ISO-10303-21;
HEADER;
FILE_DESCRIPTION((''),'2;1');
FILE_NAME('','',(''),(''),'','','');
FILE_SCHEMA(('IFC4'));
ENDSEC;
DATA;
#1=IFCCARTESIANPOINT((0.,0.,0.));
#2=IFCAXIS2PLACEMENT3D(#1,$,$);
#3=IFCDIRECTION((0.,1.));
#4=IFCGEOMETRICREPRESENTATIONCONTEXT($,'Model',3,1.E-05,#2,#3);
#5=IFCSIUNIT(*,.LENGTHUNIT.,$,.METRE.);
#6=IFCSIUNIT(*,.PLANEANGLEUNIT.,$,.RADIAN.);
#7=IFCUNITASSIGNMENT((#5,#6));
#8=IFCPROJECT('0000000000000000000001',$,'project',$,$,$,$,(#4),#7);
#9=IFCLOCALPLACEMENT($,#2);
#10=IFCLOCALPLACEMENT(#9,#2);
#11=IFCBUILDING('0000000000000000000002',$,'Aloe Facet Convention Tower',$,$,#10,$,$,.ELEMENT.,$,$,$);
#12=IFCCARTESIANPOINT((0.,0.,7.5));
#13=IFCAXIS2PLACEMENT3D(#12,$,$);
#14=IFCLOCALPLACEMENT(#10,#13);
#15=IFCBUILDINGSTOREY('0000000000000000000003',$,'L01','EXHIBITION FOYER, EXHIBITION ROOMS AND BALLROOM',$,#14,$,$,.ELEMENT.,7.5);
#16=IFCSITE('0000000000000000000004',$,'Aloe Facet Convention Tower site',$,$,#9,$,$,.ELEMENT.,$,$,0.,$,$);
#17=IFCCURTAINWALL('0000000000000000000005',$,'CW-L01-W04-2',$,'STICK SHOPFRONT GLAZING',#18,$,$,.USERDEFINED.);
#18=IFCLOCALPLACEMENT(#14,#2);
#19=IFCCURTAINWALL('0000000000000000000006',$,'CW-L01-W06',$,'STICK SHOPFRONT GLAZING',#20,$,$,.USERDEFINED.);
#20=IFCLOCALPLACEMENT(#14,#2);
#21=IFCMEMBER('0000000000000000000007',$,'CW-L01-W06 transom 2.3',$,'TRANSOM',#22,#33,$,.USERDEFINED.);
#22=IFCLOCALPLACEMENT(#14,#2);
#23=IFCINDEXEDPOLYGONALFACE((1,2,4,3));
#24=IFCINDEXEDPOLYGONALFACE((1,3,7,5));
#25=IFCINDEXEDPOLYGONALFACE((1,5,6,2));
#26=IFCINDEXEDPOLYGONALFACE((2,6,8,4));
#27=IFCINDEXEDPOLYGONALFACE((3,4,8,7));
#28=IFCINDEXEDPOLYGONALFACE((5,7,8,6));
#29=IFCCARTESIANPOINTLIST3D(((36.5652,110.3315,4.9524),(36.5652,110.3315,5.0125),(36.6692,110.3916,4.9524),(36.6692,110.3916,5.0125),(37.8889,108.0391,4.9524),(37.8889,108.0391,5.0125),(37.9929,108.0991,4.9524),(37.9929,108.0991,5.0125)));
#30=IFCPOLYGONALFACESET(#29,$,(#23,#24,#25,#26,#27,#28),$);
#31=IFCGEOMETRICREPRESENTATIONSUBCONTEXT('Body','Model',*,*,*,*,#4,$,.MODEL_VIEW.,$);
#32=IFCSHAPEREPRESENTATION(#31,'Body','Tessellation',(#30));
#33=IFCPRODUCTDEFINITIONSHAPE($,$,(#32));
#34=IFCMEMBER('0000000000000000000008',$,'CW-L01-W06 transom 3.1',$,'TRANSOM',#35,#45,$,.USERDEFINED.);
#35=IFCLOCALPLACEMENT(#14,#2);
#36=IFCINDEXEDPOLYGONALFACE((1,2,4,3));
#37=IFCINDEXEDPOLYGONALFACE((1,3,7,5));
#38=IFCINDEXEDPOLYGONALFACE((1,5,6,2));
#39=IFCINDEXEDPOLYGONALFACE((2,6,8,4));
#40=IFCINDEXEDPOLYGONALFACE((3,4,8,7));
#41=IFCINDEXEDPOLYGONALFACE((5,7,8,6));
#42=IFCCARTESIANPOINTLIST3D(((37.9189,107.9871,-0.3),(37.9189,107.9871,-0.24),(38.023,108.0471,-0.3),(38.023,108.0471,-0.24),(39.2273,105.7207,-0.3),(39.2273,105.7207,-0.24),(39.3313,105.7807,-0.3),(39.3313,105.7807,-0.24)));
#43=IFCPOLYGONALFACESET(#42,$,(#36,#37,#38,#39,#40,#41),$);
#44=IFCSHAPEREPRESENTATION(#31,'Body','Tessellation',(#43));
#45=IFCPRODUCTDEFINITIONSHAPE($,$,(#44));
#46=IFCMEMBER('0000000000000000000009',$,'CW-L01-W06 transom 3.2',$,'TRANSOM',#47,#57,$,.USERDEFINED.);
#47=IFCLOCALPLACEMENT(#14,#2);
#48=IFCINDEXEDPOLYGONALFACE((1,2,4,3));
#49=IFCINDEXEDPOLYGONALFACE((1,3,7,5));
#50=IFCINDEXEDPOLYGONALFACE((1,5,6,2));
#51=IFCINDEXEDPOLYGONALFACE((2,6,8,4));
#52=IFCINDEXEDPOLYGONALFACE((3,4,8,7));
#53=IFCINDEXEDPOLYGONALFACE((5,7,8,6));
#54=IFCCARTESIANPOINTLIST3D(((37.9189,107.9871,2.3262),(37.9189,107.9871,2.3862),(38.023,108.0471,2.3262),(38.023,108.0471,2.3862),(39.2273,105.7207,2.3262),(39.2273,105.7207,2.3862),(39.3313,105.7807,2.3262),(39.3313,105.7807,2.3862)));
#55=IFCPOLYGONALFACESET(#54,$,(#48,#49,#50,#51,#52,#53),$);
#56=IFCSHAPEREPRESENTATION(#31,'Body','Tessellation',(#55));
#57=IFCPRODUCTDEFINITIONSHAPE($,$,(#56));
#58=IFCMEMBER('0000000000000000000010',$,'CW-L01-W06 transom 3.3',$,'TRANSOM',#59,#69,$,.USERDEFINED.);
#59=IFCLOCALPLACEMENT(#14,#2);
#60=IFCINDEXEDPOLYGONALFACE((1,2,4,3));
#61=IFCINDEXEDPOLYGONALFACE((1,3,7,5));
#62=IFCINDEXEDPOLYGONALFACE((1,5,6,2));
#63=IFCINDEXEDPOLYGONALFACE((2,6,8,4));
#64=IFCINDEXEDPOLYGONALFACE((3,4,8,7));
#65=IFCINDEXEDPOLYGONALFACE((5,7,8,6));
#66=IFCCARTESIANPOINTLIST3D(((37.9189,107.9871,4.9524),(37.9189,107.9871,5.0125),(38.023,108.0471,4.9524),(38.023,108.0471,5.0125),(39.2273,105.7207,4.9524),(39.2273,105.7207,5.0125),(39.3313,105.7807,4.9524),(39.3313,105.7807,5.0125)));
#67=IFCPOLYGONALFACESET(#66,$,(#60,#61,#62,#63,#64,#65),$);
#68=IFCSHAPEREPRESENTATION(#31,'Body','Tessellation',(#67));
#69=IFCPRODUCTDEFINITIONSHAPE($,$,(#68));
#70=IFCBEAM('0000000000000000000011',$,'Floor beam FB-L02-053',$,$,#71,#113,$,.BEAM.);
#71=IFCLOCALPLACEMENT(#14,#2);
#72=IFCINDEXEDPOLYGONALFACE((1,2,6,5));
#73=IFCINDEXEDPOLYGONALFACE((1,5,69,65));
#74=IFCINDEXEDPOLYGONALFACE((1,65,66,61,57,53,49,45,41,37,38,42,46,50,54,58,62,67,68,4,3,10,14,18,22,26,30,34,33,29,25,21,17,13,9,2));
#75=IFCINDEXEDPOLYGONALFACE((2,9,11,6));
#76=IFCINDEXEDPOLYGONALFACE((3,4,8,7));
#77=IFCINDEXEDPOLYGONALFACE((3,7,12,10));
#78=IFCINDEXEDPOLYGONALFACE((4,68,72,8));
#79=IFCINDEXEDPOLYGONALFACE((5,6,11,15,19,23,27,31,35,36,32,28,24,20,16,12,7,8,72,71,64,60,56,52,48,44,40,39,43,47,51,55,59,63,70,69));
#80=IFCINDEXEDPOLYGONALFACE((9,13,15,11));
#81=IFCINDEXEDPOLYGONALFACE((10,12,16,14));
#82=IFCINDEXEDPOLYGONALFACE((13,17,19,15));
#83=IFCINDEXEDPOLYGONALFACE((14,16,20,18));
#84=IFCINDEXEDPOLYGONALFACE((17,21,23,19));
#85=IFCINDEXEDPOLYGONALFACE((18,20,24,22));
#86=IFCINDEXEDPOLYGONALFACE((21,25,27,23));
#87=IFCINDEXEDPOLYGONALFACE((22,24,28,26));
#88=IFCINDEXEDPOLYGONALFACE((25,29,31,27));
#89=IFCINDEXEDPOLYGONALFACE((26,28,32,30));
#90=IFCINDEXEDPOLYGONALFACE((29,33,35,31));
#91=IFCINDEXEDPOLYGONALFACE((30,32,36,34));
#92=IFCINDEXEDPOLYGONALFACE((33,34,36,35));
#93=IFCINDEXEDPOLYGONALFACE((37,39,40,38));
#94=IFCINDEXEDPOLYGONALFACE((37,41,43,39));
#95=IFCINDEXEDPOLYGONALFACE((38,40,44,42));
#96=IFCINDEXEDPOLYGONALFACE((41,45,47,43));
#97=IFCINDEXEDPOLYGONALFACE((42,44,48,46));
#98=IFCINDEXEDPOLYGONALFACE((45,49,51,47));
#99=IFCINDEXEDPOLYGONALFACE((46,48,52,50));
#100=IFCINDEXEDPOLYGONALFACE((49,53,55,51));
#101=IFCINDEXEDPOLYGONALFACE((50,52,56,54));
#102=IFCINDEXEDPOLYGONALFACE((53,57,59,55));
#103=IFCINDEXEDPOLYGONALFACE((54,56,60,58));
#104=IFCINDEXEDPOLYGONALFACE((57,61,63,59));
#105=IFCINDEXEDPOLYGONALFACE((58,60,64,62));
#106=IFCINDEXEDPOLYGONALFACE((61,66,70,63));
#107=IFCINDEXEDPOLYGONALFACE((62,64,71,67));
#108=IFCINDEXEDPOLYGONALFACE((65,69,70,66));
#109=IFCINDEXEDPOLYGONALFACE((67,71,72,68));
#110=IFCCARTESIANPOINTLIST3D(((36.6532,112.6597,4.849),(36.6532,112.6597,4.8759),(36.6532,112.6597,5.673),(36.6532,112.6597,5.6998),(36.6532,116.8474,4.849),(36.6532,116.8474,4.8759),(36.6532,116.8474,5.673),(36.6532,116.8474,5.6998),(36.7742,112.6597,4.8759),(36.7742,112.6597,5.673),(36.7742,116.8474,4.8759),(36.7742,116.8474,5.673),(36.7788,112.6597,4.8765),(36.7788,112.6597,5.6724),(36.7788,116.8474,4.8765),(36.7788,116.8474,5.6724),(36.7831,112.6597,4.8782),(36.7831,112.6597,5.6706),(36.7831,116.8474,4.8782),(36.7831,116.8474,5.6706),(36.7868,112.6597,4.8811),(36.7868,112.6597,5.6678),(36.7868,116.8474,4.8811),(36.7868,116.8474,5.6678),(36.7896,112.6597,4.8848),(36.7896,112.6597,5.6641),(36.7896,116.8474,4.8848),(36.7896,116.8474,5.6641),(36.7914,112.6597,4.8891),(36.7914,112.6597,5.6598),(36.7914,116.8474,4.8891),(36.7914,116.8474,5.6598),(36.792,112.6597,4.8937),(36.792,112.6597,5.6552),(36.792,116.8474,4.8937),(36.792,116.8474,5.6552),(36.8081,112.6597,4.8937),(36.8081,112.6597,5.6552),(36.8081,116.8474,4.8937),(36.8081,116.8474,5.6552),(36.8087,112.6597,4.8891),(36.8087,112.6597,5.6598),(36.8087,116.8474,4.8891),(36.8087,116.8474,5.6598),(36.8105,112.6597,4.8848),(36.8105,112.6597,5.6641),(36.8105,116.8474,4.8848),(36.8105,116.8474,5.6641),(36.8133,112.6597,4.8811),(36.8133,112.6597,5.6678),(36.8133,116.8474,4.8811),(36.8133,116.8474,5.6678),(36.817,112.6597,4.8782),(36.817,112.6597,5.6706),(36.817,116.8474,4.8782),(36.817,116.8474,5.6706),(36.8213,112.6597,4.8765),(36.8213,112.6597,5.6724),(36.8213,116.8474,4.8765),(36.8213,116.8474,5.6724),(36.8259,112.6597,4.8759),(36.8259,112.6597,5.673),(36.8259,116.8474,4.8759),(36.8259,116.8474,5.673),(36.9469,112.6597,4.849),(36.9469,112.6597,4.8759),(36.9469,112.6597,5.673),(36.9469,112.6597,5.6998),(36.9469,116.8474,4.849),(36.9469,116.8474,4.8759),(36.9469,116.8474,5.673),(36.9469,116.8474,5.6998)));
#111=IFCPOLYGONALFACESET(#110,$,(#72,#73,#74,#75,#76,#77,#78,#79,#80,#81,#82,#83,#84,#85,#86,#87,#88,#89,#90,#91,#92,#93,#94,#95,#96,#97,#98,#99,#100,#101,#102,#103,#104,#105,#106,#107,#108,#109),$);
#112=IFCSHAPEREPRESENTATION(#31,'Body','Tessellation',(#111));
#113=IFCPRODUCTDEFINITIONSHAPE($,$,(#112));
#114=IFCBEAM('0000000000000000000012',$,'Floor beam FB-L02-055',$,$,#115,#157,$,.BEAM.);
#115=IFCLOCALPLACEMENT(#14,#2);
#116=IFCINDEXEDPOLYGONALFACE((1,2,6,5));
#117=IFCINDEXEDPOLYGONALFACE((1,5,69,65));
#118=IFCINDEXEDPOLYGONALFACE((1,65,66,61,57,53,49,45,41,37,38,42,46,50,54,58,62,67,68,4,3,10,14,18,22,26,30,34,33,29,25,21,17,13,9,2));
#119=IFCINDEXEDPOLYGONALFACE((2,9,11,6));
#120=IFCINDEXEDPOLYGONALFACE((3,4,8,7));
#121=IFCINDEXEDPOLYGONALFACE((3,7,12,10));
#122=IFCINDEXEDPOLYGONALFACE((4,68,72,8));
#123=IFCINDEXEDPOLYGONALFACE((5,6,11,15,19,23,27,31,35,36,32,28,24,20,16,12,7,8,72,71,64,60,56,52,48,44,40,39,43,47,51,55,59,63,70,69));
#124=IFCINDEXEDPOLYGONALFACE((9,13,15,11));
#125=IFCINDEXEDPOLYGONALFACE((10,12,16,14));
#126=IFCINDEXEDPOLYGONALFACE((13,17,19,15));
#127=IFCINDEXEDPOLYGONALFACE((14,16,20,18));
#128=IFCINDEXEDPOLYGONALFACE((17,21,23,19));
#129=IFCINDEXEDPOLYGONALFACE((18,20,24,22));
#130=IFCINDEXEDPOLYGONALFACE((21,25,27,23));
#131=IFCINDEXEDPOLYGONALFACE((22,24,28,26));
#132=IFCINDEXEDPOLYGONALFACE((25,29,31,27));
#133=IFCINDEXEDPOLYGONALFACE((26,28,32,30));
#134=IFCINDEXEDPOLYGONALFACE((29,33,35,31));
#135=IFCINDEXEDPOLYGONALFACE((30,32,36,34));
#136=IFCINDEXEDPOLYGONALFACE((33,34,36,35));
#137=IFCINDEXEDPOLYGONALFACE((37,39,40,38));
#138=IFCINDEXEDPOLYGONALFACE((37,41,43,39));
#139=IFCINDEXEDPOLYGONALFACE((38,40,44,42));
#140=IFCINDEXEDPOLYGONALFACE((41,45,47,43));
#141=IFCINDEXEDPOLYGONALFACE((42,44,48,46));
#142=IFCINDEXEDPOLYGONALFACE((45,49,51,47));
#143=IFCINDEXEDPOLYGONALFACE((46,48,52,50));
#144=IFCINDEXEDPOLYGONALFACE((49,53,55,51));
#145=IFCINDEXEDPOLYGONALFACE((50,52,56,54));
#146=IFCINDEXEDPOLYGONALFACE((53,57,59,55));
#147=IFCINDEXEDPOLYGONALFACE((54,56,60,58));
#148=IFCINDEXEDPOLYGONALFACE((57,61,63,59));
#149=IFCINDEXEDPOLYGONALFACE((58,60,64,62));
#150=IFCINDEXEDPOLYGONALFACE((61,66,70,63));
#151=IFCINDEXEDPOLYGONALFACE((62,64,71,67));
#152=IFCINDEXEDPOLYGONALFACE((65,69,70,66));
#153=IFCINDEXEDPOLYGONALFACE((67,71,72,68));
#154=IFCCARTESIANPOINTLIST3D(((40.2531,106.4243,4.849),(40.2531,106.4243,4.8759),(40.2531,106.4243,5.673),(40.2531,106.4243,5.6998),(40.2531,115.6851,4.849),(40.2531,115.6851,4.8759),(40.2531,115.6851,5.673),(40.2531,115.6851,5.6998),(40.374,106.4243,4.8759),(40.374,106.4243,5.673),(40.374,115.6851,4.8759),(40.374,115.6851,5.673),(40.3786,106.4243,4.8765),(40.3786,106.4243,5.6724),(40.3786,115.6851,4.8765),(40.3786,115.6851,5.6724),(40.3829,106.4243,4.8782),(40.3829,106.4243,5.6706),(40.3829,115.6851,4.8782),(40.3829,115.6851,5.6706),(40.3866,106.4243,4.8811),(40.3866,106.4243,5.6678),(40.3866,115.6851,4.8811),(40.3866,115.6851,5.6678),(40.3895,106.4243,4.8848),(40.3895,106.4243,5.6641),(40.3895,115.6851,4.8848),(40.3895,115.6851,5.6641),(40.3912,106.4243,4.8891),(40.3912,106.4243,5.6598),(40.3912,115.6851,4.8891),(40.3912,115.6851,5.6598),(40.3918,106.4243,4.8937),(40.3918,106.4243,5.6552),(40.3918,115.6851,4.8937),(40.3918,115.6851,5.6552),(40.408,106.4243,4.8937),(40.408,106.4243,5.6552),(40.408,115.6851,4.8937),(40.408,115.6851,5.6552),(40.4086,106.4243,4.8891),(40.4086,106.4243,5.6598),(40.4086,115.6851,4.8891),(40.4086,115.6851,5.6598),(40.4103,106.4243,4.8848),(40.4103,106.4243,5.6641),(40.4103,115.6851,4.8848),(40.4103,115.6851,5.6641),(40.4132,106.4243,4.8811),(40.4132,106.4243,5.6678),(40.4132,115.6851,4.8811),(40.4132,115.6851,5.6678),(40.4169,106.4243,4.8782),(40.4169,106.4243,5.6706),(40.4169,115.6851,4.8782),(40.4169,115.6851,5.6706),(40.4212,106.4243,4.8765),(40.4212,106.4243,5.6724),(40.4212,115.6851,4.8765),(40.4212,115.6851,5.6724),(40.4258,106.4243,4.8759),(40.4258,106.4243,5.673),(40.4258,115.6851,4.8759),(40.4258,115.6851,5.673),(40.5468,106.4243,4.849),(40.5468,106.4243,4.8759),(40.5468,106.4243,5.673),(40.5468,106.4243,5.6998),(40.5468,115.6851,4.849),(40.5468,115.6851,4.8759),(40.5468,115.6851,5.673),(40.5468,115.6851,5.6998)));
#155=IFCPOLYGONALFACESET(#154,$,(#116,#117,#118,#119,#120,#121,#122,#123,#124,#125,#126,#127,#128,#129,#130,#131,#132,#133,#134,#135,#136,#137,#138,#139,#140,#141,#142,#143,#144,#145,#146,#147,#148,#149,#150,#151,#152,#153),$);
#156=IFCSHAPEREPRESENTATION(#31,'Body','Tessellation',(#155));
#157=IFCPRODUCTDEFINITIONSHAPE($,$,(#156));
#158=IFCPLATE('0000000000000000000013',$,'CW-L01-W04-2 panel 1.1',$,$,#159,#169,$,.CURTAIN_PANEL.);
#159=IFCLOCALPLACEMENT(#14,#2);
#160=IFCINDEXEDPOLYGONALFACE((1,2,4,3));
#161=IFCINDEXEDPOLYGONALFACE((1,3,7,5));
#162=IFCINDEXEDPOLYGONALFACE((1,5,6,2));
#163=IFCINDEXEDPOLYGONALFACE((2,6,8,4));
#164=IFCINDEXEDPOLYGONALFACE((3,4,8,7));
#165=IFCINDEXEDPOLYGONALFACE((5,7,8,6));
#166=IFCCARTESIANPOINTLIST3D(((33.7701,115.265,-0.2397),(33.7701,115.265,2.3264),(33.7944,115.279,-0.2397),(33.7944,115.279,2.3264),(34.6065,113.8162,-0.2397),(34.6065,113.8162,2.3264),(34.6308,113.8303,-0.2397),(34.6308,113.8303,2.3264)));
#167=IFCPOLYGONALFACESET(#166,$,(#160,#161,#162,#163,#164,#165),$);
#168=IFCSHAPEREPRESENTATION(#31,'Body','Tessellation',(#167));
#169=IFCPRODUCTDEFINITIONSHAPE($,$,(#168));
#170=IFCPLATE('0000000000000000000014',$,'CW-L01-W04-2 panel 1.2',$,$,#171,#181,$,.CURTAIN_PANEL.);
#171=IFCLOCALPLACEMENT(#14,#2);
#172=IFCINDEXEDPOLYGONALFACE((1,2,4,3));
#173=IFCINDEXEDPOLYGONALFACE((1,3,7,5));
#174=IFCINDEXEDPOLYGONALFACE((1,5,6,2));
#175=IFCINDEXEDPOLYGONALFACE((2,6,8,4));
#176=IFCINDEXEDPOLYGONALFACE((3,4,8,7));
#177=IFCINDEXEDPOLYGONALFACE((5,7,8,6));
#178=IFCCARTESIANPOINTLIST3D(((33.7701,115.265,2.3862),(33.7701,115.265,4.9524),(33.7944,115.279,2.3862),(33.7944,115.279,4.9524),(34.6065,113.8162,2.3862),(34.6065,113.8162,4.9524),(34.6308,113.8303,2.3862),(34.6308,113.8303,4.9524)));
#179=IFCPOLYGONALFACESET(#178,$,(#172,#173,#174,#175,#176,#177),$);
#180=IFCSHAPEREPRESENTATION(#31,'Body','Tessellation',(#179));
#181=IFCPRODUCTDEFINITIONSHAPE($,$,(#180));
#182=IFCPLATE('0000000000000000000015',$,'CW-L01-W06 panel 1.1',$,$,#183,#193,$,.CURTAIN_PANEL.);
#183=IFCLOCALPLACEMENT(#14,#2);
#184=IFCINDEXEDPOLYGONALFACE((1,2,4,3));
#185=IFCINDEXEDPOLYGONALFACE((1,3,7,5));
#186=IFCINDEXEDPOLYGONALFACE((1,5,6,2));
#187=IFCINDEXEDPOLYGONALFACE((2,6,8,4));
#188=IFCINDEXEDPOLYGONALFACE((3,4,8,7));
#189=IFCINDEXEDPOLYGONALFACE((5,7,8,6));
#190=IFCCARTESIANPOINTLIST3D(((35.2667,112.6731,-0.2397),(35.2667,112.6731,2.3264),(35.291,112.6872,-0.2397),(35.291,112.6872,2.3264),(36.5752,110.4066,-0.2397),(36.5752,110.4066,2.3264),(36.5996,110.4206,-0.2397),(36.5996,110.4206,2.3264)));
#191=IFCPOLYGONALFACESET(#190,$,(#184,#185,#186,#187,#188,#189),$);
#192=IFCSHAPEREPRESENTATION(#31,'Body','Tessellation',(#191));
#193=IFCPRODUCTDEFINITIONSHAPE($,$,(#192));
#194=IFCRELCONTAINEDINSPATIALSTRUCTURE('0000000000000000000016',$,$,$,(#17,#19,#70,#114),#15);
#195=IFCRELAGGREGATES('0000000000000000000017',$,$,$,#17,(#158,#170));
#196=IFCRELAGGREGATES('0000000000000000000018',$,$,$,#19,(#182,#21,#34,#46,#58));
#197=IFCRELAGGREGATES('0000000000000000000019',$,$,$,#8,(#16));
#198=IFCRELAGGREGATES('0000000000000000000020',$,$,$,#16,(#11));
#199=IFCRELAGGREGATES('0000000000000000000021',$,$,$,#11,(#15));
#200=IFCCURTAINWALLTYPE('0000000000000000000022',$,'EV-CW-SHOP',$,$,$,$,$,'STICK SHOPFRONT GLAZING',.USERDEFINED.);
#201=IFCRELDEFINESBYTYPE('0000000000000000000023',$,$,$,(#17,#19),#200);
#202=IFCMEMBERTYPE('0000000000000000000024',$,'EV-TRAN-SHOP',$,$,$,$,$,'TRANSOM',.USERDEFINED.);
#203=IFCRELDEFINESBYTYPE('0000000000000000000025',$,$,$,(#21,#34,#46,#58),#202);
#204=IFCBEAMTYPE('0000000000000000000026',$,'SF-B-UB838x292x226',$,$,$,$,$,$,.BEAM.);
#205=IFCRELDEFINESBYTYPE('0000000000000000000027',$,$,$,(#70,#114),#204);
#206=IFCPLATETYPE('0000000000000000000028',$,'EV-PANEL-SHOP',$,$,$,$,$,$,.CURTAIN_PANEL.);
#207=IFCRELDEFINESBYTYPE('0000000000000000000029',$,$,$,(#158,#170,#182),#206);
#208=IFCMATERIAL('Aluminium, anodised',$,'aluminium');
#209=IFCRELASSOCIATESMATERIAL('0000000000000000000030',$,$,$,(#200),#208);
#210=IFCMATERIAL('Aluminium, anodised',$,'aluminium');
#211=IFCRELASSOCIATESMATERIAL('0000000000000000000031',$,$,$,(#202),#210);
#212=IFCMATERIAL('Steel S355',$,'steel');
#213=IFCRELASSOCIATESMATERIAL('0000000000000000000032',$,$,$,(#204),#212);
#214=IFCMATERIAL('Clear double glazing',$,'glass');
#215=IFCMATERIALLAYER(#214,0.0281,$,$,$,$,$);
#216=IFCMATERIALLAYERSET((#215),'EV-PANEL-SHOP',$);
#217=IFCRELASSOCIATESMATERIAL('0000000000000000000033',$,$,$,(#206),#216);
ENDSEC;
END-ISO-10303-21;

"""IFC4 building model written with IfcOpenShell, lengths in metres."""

from ifc_helpers import new_model, si_unit, direction, frame, origin, origin_2d, place, context, subcontext, project, spatial, rectangle, i_section, extrude, material, layer, layer_set, material_profile, profile_set, type_object, element, aggregate, save


model = new_model("IFC4")

# Units and contexts
model_context = context("Model", 3, precision=1e-05, world=origin(), true_north=direction((0.0, 1.0)))
body_context = subcontext(model_context, "Body", "Model", "MODEL_VIEW")
ifc_project = project(units=[si_unit("LENGTHUNIT", "METRE"), si_unit("PLANEANGLEUNIT", "RADIAN")], contexts=[model_context])

# Site, building, storey
site_placement = place(None, origin())
site = spatial("IfcSite", under=ifc_project, at=site_placement, Name="Aloe Facet Convention Tower site", CompositionType="ELEMENT", RefElevation=0.0)
building_placement = place(site_placement, origin())
building = spatial("IfcBuilding", under=site, at=building_placement, Name="Aloe Facet Convention Tower", CompositionType="ELEMENT")
storey_placement = place(building_placement, frame((0.0, 0.0, 7.5)))
storey = spatial("IfcBuildingStorey", under=building, at=storey_placement, Name="L01", Description="EXHIBITION FOYER, EXHIBITION ROOMS AND BALLROOM", CompositionType="ELEMENT", Elevation=7.5)

# Curtain walls
ifc_material_1 = material(Name="Aluminium, anodised", Category="aluminium")
curtain_wall_type = type_object("IfcCurtainWallType", Name="EV-CW-SHOP", ElementType="STICK SHOPFRONT GLAZING", PredefinedType="USERDEFINED", material=ifc_material_1)
curtain_wall_1_placement = place(storey_placement, origin())
curtain_wall_1 = element("IfcCurtainWall", 1, at=curtain_wall_1_placement, inside=storey, type_object=curtain_wall_type, Name="CW-L01-W04-2", ObjectType="STICK SHOPFRONT GLAZING", PredefinedType="USERDEFINED")
curtain_wall_2_placement = place(storey_placement, origin())
curtain_wall_2 = element("IfcCurtainWall", 2, at=curtain_wall_2_placement, inside=storey, type_object=curtain_wall_type, Name="CW-L01-W06", ObjectType="STICK SHOPFRONT GLAZING", PredefinedType="USERDEFINED")

# Members
ifc_material_2 = material(Name="Aluminium, anodised", Category="aluminium")
ifc_material_profile_1 = material_profile(ifc_material_2, rectangle(XDim=0.1201, YDim=0.0601, at=origin_2d()), Name="AL 120x60")
ifc_profile_set_1 = profile_set([ifc_material_profile_1], Name="Aluminium, anodised")
member_type_1 = type_object("IfcMemberType", Name="EV-TRAN-SHOP", ElementType="TRANSOM", PredefinedType="USERDEFINED", material=ifc_profile_set_1)
member_1_placement = place(storey_placement, frame((36.6172, 110.3616, 4.9824), z_axis=(0.500047, -0.865998, 0.0), x_axis=(0.865998, 0.500047, 0.0)))
member_1 = element("IfcMember", 3, at=member_1_placement, type_object=member_type_1, Name="CW-L01-W06 transom 2.3", ObjectType="TRANSOM", PredefinedType="USERDEFINED", context=body_context, shape_type="SweptSolid", body=[
    extrude(rectangle(XDim=0.1201, YDim=0.0601, at=origin_2d()), origin(), (0.0, 0.0, 1.0), 2.6472),
])
member_2_placement = place(storey_placement, frame((37.9709, 108.0171, -0.27), z_axis=(0.499962, -0.866047, 0.0), x_axis=(0.866047, 0.499962, 0.0)))
member_2 = element("IfcMember", 4, at=member_2_placement, type_object=member_type_1, Name="CW-L01-W06 transom 3.1", ObjectType="TRANSOM", PredefinedType="USERDEFINED", context=body_context, shape_type="SweptSolid", body=[
    extrude(rectangle(XDim=0.1201, YDim=0.0601, at=origin_2d()), origin(), (0.0, 0.0, 1.0), 2.6169),
])
member_3_placement = place(storey_placement, frame((37.9709, 108.0171, 2.3562), z_axis=(0.499962, -0.866047, 0.0), x_axis=(0.866047, 0.499962, 0.0)))
member_3 = element("IfcMember", 5, at=member_3_placement, type_object=member_type_1, Name="CW-L01-W06 transom 3.2", ObjectType="TRANSOM", PredefinedType="USERDEFINED", context=body_context, shape_type="SweptSolid", body=[
    extrude(rectangle(XDim=0.1201, YDim=0.0601, at=origin_2d()), origin(), (0.0, 0.0, 1.0), 2.6169),
])
member_4_placement = place(storey_placement, frame((37.9709, 108.0171, 4.9824), z_axis=(0.499962, -0.866047, 0.0), x_axis=(0.866047, 0.499962, 0.0)))
member_4 = element("IfcMember", 6, at=member_4_placement, type_object=member_type_1, Name="CW-L01-W06 transom 3.3", ObjectType="TRANSOM", PredefinedType="USERDEFINED", context=body_context, shape_type="SweptSolid", body=[
    extrude(rectangle(XDim=0.1201, YDim=0.0601, at=origin_2d()), origin(), (0.0, 0.0, 1.0), 2.6169),
])

# Beams
ifc_material_3 = material(Name="Steel S355", Category="steel")
ifc_material_profile_2 = material_profile(ifc_material_3, i_section(OverallWidth=0.2937, OverallDepth=0.8508, WebThickness=0.0161, FlangeThickness=0.0269, FilletRadius=0.0178, at=origin_2d()), Name="UB 838x292x226")
ifc_profile_set_2 = profile_set([ifc_material_profile_2], Name="Steel S355")
beam_type = type_object("IfcBeamType", Name="SF-B-UB838x292x226", PredefinedType="BEAM", material=ifc_profile_set_2)
beam_1_placement = place(storey_placement, frame((36.8, 112.6597, 5.2744), z_axis=(0.0, 1.0, 0.0), x_axis=(-1.0, 0.0, 0.0)))
element("IfcBeam", 7, at=beam_1_placement, inside=storey, type_object=beam_type, Name="Floor beam FB-L02-053", PredefinedType="BEAM", context=body_context, shape_type="SweptSolid", body=[
    extrude(i_section(OverallWidth=0.2937, OverallDepth=0.8508, WebThickness=0.0161, FlangeThickness=0.0269, FilletRadius=0.0178, at=origin_2d()), origin(), (0.0, 0.0, 1.0), 4.1877),
])
beam_2_placement = place(storey_placement, frame((40.3999, 106.4243, 5.2744), z_axis=(0.0, 1.0, 0.0), x_axis=(-1.0, 0.0, 0.0)))
element("IfcBeam", 8, at=beam_2_placement, inside=storey, type_object=beam_type, Name="Floor beam FB-L02-055", PredefinedType="BEAM", context=body_context, shape_type="SweptSolid", body=[
    extrude(i_section(OverallWidth=0.2937, OverallDepth=0.8508, WebThickness=0.0161, FlangeThickness=0.0269, FilletRadius=0.0178, at=origin_2d()), origin(), (0.0, 0.0, 1.0), 9.2607),
])

# Plates
ifc_material_4 = material(Name="Clear double glazing", Category="glass")
ifc_layer_1 = layer(ifc_material_4, 0.0281)
ifc_layer_set_1 = layer_set([ifc_layer_1], Name="EV-PANEL-SHOP")
plate_type = type_object("IfcPlateType", Name="EV-PANEL-SHOP", PredefinedType="CURTAIN_PANEL", material=ifc_layer_set_1)
plate_1_placement = place(storey_placement, frame((34.2004, 114.5476, -0.2397), z_axis=(0.0, 0.0, 1.0), x_axis=(0.5, -0.866025, 0.0)))
plate_1 = element("IfcPlate", 9, at=plate_1_placement, type_object=plate_type, Name="CW-L01-W04-2 panel 1.1", PredefinedType="CURTAIN_PANEL", context=body_context, shape_type="SweptSolid", body=[
    extrude(rectangle(XDim=1.6729, YDim=0.0281, at=origin_2d()), origin(), (0.0, 0.0, 1.0), 2.5662),
])
plate_2_placement = place(storey_placement, frame((34.2004, 114.5476, 2.3862), z_axis=(0.0, 0.0, 1.0), x_axis=(0.5, -0.866025, 0.0)))
plate_2 = element("IfcPlate", 10, at=plate_2_placement, type_object=plate_type, Name="CW-L01-W04-2 panel 1.2", PredefinedType="CURTAIN_PANEL", context=body_context, shape_type="SweptSolid", body=[
    extrude(rectangle(XDim=1.6729, YDim=0.0281, at=origin_2d()), origin(), (0.0, 0.0, 1.0), 2.5662),
])
aggregate(curtain_wall_1, [plate_1, plate_2])
plate_3_placement = place(storey_placement, frame((35.9331, 111.5469, -0.2397), z_axis=(0.0, 0.0, 1.0), x_axis=(0.5, -0.866025, 0.0)))
plate_3 = element("IfcPlate", 11, at=plate_3_placement, type_object=plate_type, Name="CW-L01-W06 panel 1.1", PredefinedType="CURTAIN_PANEL", context=body_context, shape_type="SweptSolid", body=[
    extrude(rectangle(XDim=2.6172, YDim=0.0281, at=origin_2d()), origin(), (0.0, 0.0, 1.0), 2.5662),
])
aggregate(curtain_wall_2, [plate_3, member_1, member_2, member_3, member_4])

save(model, "model.ifc")
